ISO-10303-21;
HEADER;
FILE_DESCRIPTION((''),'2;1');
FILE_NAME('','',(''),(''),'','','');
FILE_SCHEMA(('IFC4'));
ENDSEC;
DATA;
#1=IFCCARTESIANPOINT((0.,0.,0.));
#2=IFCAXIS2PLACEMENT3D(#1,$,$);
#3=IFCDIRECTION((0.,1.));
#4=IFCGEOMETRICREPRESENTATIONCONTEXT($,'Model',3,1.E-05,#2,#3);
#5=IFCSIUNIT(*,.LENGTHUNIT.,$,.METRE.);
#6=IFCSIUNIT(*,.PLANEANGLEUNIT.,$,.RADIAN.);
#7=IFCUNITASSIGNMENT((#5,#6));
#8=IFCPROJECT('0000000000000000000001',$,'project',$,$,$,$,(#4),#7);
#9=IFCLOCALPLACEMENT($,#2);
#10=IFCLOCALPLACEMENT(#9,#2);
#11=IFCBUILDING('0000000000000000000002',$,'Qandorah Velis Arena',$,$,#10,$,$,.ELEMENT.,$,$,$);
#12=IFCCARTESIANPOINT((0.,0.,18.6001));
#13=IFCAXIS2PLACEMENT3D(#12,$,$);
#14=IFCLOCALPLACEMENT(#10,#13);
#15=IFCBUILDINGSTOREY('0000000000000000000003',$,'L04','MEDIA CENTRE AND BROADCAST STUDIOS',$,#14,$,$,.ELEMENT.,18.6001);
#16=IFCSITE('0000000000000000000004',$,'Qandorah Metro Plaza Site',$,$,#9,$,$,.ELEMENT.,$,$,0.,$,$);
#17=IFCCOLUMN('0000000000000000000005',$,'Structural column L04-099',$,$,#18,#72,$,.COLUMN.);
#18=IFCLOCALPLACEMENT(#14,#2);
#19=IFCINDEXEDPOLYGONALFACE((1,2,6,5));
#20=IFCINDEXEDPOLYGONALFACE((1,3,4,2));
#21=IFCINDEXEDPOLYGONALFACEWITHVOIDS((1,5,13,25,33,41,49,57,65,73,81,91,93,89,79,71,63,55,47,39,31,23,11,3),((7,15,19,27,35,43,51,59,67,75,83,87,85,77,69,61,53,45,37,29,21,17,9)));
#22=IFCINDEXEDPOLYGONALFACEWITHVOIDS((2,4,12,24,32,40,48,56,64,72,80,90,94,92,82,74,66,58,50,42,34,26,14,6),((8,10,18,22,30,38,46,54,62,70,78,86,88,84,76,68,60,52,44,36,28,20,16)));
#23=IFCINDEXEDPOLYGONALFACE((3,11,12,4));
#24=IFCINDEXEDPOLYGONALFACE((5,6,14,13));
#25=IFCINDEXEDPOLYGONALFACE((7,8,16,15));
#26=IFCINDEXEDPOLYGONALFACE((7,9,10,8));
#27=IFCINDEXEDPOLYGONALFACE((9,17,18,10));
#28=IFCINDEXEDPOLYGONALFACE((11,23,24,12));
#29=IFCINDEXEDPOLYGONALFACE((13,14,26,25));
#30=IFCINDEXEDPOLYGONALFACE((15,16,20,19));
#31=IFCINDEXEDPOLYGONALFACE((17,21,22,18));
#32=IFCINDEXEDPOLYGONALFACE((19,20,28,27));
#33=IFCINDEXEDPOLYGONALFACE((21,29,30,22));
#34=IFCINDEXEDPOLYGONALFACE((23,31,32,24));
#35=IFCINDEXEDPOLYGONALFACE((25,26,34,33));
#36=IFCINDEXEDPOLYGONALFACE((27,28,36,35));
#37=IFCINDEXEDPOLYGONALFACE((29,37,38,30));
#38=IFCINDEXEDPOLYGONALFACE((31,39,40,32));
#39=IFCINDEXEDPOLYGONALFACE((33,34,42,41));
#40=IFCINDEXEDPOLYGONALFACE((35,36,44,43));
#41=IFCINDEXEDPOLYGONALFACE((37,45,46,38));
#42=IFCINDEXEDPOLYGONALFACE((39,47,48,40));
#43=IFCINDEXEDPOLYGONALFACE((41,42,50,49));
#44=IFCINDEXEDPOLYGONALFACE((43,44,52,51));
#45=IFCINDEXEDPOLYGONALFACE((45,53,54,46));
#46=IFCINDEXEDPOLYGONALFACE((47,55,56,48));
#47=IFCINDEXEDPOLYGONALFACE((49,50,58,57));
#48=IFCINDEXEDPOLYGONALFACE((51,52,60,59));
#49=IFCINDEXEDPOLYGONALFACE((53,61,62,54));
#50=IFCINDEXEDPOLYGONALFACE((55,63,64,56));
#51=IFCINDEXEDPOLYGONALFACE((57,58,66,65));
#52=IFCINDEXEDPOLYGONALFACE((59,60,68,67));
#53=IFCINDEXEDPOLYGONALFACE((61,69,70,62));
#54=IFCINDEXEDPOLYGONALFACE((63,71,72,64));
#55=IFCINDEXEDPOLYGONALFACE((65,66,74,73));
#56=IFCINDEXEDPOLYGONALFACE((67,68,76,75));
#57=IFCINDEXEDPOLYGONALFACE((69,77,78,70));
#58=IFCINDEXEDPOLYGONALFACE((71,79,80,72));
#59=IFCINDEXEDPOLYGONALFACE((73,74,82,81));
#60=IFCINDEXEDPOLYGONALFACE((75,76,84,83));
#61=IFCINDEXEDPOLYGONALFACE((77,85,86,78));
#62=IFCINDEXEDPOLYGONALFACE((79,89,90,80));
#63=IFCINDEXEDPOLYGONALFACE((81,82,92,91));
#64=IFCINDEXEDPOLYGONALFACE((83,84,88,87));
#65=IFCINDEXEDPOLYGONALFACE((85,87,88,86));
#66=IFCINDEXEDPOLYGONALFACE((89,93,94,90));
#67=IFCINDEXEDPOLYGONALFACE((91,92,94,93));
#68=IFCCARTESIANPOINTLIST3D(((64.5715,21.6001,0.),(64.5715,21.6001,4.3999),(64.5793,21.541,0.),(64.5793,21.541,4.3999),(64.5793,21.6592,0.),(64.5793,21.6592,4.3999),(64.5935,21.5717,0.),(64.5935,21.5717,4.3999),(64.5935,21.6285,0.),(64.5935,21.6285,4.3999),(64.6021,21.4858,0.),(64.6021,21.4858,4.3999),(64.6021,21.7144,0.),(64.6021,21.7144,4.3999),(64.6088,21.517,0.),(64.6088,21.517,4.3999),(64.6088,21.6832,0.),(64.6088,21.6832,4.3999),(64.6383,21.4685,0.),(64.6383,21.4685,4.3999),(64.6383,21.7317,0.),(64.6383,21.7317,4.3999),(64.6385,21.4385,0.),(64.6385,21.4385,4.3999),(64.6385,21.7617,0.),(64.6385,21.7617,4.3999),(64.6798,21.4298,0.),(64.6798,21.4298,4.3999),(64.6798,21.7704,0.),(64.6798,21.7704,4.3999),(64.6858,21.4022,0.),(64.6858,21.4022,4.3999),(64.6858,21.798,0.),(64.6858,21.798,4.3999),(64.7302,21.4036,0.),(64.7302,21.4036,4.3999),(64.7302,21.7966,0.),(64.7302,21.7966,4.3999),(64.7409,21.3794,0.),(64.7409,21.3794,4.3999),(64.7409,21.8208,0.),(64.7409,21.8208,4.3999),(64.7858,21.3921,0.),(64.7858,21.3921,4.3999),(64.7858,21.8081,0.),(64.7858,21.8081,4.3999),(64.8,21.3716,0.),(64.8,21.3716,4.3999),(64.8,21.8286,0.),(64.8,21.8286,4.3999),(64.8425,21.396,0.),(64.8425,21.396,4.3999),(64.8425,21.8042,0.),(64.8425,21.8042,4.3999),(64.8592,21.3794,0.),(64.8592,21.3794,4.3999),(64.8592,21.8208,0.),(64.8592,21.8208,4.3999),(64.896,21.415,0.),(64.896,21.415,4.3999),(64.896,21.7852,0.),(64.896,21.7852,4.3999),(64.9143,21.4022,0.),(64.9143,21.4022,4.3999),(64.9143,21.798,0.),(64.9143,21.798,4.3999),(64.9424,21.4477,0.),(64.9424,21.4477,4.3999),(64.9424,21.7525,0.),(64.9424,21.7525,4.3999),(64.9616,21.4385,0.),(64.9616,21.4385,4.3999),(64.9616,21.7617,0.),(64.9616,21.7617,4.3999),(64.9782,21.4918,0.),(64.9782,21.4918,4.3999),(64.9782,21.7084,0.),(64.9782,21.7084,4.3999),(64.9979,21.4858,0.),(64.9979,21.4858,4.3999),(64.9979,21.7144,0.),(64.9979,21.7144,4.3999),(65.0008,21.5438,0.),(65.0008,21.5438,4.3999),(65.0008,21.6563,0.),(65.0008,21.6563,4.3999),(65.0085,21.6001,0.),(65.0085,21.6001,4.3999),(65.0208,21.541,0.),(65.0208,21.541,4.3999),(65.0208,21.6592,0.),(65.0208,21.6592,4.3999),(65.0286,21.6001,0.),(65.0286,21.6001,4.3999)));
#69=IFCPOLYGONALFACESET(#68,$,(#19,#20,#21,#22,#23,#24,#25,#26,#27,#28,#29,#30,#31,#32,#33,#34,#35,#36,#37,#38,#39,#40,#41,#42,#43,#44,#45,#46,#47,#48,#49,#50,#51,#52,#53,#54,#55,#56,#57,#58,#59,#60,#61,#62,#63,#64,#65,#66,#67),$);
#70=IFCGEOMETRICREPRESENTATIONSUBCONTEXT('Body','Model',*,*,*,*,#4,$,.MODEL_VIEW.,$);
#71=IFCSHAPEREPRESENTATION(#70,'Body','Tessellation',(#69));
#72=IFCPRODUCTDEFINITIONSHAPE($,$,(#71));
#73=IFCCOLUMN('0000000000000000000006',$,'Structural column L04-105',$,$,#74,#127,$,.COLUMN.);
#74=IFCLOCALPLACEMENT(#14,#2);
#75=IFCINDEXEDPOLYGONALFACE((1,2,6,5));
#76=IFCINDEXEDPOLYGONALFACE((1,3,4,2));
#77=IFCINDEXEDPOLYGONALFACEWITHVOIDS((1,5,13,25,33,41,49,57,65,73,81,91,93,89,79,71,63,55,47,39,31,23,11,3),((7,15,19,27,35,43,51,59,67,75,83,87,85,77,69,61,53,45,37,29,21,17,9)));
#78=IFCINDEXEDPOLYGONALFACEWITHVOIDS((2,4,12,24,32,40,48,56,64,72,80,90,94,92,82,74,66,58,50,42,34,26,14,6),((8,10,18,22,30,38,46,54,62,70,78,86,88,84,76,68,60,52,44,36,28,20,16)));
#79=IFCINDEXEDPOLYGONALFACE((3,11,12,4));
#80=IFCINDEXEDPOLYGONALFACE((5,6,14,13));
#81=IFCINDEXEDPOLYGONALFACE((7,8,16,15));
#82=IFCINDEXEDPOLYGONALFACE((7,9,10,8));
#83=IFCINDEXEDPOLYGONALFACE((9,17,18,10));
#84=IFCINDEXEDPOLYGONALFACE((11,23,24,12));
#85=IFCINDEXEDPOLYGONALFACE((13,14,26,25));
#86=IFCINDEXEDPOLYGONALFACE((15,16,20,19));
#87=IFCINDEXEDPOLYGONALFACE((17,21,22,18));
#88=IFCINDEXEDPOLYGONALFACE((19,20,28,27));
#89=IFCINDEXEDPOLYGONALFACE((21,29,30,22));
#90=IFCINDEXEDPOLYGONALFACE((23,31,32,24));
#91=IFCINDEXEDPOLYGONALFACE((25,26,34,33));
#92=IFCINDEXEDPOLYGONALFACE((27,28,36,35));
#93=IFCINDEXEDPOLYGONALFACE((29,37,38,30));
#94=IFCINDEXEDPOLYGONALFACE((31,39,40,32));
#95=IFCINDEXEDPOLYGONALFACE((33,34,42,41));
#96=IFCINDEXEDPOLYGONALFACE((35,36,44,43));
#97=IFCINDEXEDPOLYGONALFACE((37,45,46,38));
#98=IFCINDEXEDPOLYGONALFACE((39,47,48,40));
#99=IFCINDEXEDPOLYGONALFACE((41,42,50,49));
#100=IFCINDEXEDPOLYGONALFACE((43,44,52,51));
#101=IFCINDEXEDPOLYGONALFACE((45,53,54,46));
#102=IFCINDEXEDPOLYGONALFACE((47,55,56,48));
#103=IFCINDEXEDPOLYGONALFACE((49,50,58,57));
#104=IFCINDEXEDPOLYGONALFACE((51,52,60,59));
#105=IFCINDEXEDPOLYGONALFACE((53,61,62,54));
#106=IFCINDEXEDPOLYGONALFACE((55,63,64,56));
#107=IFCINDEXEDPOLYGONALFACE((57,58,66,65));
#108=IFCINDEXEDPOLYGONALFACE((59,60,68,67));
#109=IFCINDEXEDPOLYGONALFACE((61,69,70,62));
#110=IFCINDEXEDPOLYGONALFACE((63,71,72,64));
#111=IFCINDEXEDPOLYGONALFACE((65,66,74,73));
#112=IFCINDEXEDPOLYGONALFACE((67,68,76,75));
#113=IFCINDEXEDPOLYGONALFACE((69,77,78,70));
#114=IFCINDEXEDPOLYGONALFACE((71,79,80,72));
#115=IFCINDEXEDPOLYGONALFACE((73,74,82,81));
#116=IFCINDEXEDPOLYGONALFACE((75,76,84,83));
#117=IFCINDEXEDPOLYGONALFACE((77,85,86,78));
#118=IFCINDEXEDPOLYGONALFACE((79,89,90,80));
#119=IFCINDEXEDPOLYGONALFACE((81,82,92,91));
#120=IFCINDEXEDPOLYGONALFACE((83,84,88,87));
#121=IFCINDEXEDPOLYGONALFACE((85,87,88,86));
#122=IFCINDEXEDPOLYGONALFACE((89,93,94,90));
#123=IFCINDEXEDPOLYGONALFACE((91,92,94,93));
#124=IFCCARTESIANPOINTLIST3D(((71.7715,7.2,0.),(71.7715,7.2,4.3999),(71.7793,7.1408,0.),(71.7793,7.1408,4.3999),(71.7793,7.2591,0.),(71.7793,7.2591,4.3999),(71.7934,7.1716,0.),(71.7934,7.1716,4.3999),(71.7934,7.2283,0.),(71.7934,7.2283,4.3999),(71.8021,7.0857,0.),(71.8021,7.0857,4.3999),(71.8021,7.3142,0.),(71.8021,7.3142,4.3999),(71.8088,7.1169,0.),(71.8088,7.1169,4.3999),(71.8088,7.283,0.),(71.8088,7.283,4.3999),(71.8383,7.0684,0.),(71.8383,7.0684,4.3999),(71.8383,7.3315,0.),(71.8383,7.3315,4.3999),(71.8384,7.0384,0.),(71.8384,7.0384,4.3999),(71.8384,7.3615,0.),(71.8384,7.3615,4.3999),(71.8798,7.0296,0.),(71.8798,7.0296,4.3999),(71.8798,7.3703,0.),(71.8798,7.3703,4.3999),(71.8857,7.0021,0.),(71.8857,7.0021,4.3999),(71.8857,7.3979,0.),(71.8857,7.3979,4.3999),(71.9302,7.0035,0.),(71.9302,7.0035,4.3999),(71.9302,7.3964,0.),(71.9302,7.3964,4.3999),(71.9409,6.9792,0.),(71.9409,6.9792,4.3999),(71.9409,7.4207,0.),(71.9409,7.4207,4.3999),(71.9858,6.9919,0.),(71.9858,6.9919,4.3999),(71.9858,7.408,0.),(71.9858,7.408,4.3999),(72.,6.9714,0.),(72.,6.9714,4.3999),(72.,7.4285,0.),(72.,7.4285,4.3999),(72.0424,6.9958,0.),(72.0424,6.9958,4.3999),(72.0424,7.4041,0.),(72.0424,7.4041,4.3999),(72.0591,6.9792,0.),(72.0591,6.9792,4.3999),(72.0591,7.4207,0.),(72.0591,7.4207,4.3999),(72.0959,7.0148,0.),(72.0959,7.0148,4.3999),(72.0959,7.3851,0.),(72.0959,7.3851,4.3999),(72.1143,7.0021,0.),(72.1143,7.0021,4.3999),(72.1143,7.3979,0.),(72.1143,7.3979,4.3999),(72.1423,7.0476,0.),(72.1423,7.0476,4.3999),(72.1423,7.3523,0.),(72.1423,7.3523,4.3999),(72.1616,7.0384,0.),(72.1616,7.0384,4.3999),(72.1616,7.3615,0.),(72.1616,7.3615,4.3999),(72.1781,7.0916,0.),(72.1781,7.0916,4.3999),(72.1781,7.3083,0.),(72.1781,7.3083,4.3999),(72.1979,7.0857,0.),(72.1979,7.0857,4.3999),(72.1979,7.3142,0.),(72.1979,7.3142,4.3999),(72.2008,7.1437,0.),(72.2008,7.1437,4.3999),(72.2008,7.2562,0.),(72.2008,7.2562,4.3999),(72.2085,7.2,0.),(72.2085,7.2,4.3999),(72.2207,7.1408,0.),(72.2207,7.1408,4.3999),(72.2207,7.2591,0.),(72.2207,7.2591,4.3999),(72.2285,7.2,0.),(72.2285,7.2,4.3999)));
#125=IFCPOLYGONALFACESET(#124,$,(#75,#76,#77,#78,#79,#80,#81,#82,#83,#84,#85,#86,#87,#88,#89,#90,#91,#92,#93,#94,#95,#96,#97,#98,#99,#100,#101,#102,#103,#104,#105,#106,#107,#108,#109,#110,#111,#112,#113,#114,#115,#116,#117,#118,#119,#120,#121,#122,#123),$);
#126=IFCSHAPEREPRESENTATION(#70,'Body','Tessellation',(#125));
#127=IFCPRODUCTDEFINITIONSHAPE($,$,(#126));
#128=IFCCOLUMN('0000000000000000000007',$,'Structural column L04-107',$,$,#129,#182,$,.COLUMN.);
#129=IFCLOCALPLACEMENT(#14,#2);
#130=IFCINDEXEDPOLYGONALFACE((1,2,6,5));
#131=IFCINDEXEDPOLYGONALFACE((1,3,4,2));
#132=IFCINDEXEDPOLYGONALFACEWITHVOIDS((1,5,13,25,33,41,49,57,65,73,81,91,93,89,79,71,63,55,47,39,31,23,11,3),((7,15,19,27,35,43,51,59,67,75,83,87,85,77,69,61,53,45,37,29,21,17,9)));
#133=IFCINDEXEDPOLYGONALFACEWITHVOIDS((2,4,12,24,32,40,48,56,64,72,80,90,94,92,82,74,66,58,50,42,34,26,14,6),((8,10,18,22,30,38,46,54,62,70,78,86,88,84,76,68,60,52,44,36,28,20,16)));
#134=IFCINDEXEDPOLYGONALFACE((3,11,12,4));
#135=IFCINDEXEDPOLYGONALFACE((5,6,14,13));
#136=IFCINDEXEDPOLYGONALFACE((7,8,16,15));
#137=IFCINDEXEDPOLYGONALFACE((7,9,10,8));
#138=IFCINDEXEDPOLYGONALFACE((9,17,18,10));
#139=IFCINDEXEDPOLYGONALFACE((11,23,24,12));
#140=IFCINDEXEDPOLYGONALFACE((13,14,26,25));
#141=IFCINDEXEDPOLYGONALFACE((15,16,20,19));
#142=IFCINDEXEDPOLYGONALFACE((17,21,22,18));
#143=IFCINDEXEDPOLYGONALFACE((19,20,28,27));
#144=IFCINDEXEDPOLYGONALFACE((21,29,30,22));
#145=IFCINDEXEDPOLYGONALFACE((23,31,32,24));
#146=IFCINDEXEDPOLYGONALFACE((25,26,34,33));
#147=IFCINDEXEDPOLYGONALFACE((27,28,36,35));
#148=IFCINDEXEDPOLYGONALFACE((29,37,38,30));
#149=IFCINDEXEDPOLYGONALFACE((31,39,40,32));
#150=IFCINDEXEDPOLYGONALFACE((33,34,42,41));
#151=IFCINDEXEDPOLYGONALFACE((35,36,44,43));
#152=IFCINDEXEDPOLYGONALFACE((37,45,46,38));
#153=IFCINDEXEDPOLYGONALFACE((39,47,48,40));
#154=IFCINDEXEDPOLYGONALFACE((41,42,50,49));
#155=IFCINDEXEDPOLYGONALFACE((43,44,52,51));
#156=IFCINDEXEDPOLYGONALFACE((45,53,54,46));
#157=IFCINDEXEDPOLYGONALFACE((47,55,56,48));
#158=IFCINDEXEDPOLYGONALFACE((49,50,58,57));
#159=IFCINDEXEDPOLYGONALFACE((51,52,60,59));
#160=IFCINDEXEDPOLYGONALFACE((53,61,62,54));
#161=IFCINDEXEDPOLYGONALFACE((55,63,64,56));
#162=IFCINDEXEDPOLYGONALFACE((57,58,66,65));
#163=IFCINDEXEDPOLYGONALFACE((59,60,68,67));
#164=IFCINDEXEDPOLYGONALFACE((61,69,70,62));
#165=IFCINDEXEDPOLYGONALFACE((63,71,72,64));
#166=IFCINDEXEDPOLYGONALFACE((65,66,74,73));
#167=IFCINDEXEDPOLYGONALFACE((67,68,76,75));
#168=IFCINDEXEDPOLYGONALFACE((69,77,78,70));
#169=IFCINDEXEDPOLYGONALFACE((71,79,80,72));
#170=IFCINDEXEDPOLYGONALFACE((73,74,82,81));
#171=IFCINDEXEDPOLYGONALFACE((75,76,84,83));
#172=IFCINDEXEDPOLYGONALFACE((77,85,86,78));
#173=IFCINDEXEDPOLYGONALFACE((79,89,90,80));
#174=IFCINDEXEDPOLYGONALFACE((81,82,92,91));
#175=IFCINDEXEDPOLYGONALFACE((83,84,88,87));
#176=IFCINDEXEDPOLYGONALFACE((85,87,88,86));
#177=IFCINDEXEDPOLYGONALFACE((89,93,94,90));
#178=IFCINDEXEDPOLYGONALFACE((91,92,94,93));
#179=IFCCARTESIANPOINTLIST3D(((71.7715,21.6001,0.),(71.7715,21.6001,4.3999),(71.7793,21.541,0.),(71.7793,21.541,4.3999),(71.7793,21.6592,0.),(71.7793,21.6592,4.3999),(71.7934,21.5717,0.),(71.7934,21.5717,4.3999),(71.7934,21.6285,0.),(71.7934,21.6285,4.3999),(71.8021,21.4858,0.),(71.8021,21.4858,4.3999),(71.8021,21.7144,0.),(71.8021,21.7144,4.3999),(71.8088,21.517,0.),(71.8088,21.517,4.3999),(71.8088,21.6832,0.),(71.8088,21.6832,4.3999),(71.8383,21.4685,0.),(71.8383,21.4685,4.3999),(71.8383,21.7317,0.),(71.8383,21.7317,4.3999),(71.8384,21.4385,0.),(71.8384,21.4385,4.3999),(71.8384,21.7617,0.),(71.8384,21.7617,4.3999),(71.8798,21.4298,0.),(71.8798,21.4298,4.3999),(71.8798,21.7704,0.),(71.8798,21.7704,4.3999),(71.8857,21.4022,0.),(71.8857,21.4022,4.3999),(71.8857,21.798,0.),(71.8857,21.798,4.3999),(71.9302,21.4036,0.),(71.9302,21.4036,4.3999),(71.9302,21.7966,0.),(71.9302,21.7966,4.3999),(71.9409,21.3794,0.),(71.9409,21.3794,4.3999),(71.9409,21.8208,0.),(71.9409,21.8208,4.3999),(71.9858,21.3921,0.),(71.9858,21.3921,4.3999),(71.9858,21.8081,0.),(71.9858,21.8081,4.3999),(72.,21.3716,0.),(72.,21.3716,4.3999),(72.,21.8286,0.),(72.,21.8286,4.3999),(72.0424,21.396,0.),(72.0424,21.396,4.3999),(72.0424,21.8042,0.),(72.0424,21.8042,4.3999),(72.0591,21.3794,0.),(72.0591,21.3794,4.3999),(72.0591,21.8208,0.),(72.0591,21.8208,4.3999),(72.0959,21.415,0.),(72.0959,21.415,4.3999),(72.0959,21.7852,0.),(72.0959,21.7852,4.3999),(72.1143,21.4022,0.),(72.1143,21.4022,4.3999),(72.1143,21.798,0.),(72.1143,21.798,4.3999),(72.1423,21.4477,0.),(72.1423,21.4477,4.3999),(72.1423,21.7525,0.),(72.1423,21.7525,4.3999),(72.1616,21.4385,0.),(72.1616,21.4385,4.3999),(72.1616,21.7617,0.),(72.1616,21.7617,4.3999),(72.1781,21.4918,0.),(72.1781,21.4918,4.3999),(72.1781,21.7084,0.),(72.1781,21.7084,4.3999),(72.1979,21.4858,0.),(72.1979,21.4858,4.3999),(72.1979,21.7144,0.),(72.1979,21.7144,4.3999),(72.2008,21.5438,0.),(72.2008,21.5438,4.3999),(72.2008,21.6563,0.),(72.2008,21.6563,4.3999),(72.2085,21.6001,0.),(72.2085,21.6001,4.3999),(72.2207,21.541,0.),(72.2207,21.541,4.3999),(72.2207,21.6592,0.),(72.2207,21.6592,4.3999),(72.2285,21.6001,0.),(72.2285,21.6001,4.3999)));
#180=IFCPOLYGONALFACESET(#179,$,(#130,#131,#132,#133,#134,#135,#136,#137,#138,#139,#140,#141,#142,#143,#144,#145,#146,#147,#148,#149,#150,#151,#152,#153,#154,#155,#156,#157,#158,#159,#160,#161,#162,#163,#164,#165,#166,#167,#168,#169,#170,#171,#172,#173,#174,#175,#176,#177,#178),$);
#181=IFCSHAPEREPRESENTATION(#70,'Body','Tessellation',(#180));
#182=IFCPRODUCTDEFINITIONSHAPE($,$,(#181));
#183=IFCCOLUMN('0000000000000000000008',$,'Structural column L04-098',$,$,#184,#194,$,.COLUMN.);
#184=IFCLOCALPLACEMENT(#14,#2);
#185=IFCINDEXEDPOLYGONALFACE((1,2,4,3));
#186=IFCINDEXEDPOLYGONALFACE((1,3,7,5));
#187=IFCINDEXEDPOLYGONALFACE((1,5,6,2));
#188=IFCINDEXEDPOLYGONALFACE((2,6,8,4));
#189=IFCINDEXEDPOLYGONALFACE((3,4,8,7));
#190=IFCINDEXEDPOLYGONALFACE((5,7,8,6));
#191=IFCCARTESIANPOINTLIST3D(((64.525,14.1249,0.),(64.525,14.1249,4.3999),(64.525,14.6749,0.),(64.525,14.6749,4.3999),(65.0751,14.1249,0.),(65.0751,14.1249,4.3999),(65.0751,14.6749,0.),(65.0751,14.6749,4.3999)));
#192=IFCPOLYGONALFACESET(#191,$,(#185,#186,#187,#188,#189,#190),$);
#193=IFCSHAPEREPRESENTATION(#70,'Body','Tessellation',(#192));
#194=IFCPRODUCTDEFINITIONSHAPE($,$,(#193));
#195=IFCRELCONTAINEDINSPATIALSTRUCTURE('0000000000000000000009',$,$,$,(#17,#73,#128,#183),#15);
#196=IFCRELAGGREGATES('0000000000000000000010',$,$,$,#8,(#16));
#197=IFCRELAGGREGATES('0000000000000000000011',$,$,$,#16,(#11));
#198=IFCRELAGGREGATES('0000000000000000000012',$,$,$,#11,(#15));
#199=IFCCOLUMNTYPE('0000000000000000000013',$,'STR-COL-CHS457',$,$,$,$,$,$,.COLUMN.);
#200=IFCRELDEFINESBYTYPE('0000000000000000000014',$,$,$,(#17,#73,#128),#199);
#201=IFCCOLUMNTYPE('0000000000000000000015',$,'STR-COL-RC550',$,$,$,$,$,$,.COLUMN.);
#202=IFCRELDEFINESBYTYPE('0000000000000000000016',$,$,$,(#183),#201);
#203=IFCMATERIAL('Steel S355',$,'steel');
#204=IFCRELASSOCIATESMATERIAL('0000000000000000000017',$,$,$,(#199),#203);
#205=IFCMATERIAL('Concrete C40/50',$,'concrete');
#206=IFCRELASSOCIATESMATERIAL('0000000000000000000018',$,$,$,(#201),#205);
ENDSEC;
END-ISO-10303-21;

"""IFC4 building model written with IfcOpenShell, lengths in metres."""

from ifc_helpers import new_model, si_unit, direction, frame, origin, origin_2d, place, context, subcontext, project, spatial, rectangle, hollow_circle, extrude, material, material_profile, profile_set, type_object, element, save


model = new_model("IFC4")

# Units and contexts
model_context = context("Model", 3, precision=1e-05, world=origin(), true_north=direction((0.0, 1.0)))
body_context = subcontext(model_context, "Body", "Model", "MODEL_VIEW")
ifc_project = project(units=[si_unit("LENGTHUNIT", "METRE"), si_unit("PLANEANGLEUNIT", "RADIAN")], contexts=[model_context])

# Site, building, storey
site_placement = place(None, origin())
site = spatial("IfcSite", under=ifc_project, at=site_placement, Name="Qandorah Metro Plaza Site", CompositionType="ELEMENT", RefElevation=0.0)
building_placement = place(site_placement, origin())
building = spatial("IfcBuilding", under=site, at=building_placement, Name="Qandorah Velis Arena", CompositionType="ELEMENT")
storey_placement = place(building_placement, frame((0.0, 0.0, 18.6001)))
storey = spatial("IfcBuildingStorey", under=building, at=storey_placement, Name="L04", Description="MEDIA CENTRE AND BROADCAST STUDIOS", CompositionType="ELEMENT", Elevation=18.6001)

# Columns
ifc_material_1 = material(Name="Steel S355", Category="steel")
ifc_material_profile_1 = material_profile(ifc_material_1, hollow_circle(Radius=0.2285, WallThickness=0.02, at=origin_2d()), Name="CHS 457x20")
ifc_profile_set_1 = profile_set([ifc_material_profile_1], Name="Steel S355")
column_type_1 = type_object("IfcColumnType", Name="STR-COL-CHS457", PredefinedType="COLUMN", material=ifc_profile_set_1)
for number, where, z_axis, x_axis, name in (
    (1, (64.8, 21.6001, 0.0), (0.0, 0.0, 1.0), (1.0, 0.0, 0.0), "Structural column L04-099"),
    (2, (72.0, 7.2, 0.0), (0.0, 0.0, 1.0), (1.0, 0.0, 0.0), "Structural column L04-105"),
    (3, (72.0, 21.6001, 0.0), (0.0, 0.0, 1.0), (1.0, 0.0, 0.0), "Structural column L04-107"),
):
    element("IfcColumn", number, at=place(storey_placement, frame(where, z_axis=z_axis, x_axis=x_axis)), inside=storey, type_object=column_type_1, Name=name, PredefinedType="COLUMN", context=body_context, shape_type="SweptSolid", body=[
        extrude(hollow_circle(Radius=0.2285, WallThickness=0.02, at=origin_2d()), origin(), (0.0, 0.0, 1.0), 4.3999),
    ])
ifc_material_2 = material(Name="Concrete C40/50", Category="concrete")
ifc_material_profile_2 = material_profile(ifc_material_2, rectangle(XDim=0.55, YDim=0.55, at=origin_2d()), Name="RC COL 550x550")
ifc_profile_set_2 = profile_set([ifc_material_profile_2], Name="Concrete C40/50")
column_type_2 = type_object("IfcColumnType", Name="STR-COL-RC550", PredefinedType="COLUMN", material=ifc_profile_set_2)
column_1_placement = place(storey_placement, frame((64.8, 14.3999, 0.0), z_axis=(0.0, 0.0, 1.0), x_axis=(1.0, 0.0, 0.0)))
element("IfcColumn", 4, at=column_1_placement, inside=storey, type_object=column_type_2, Name="Structural column L04-098", PredefinedType="COLUMN", context=body_context, shape_type="SweptSolid", body=[
    extrude(rectangle(XDim=0.55, YDim=0.55, at=origin_2d()), origin(), (0.0, 0.0, 1.0), 4.3999),
])

save(model, "model.ifc")
